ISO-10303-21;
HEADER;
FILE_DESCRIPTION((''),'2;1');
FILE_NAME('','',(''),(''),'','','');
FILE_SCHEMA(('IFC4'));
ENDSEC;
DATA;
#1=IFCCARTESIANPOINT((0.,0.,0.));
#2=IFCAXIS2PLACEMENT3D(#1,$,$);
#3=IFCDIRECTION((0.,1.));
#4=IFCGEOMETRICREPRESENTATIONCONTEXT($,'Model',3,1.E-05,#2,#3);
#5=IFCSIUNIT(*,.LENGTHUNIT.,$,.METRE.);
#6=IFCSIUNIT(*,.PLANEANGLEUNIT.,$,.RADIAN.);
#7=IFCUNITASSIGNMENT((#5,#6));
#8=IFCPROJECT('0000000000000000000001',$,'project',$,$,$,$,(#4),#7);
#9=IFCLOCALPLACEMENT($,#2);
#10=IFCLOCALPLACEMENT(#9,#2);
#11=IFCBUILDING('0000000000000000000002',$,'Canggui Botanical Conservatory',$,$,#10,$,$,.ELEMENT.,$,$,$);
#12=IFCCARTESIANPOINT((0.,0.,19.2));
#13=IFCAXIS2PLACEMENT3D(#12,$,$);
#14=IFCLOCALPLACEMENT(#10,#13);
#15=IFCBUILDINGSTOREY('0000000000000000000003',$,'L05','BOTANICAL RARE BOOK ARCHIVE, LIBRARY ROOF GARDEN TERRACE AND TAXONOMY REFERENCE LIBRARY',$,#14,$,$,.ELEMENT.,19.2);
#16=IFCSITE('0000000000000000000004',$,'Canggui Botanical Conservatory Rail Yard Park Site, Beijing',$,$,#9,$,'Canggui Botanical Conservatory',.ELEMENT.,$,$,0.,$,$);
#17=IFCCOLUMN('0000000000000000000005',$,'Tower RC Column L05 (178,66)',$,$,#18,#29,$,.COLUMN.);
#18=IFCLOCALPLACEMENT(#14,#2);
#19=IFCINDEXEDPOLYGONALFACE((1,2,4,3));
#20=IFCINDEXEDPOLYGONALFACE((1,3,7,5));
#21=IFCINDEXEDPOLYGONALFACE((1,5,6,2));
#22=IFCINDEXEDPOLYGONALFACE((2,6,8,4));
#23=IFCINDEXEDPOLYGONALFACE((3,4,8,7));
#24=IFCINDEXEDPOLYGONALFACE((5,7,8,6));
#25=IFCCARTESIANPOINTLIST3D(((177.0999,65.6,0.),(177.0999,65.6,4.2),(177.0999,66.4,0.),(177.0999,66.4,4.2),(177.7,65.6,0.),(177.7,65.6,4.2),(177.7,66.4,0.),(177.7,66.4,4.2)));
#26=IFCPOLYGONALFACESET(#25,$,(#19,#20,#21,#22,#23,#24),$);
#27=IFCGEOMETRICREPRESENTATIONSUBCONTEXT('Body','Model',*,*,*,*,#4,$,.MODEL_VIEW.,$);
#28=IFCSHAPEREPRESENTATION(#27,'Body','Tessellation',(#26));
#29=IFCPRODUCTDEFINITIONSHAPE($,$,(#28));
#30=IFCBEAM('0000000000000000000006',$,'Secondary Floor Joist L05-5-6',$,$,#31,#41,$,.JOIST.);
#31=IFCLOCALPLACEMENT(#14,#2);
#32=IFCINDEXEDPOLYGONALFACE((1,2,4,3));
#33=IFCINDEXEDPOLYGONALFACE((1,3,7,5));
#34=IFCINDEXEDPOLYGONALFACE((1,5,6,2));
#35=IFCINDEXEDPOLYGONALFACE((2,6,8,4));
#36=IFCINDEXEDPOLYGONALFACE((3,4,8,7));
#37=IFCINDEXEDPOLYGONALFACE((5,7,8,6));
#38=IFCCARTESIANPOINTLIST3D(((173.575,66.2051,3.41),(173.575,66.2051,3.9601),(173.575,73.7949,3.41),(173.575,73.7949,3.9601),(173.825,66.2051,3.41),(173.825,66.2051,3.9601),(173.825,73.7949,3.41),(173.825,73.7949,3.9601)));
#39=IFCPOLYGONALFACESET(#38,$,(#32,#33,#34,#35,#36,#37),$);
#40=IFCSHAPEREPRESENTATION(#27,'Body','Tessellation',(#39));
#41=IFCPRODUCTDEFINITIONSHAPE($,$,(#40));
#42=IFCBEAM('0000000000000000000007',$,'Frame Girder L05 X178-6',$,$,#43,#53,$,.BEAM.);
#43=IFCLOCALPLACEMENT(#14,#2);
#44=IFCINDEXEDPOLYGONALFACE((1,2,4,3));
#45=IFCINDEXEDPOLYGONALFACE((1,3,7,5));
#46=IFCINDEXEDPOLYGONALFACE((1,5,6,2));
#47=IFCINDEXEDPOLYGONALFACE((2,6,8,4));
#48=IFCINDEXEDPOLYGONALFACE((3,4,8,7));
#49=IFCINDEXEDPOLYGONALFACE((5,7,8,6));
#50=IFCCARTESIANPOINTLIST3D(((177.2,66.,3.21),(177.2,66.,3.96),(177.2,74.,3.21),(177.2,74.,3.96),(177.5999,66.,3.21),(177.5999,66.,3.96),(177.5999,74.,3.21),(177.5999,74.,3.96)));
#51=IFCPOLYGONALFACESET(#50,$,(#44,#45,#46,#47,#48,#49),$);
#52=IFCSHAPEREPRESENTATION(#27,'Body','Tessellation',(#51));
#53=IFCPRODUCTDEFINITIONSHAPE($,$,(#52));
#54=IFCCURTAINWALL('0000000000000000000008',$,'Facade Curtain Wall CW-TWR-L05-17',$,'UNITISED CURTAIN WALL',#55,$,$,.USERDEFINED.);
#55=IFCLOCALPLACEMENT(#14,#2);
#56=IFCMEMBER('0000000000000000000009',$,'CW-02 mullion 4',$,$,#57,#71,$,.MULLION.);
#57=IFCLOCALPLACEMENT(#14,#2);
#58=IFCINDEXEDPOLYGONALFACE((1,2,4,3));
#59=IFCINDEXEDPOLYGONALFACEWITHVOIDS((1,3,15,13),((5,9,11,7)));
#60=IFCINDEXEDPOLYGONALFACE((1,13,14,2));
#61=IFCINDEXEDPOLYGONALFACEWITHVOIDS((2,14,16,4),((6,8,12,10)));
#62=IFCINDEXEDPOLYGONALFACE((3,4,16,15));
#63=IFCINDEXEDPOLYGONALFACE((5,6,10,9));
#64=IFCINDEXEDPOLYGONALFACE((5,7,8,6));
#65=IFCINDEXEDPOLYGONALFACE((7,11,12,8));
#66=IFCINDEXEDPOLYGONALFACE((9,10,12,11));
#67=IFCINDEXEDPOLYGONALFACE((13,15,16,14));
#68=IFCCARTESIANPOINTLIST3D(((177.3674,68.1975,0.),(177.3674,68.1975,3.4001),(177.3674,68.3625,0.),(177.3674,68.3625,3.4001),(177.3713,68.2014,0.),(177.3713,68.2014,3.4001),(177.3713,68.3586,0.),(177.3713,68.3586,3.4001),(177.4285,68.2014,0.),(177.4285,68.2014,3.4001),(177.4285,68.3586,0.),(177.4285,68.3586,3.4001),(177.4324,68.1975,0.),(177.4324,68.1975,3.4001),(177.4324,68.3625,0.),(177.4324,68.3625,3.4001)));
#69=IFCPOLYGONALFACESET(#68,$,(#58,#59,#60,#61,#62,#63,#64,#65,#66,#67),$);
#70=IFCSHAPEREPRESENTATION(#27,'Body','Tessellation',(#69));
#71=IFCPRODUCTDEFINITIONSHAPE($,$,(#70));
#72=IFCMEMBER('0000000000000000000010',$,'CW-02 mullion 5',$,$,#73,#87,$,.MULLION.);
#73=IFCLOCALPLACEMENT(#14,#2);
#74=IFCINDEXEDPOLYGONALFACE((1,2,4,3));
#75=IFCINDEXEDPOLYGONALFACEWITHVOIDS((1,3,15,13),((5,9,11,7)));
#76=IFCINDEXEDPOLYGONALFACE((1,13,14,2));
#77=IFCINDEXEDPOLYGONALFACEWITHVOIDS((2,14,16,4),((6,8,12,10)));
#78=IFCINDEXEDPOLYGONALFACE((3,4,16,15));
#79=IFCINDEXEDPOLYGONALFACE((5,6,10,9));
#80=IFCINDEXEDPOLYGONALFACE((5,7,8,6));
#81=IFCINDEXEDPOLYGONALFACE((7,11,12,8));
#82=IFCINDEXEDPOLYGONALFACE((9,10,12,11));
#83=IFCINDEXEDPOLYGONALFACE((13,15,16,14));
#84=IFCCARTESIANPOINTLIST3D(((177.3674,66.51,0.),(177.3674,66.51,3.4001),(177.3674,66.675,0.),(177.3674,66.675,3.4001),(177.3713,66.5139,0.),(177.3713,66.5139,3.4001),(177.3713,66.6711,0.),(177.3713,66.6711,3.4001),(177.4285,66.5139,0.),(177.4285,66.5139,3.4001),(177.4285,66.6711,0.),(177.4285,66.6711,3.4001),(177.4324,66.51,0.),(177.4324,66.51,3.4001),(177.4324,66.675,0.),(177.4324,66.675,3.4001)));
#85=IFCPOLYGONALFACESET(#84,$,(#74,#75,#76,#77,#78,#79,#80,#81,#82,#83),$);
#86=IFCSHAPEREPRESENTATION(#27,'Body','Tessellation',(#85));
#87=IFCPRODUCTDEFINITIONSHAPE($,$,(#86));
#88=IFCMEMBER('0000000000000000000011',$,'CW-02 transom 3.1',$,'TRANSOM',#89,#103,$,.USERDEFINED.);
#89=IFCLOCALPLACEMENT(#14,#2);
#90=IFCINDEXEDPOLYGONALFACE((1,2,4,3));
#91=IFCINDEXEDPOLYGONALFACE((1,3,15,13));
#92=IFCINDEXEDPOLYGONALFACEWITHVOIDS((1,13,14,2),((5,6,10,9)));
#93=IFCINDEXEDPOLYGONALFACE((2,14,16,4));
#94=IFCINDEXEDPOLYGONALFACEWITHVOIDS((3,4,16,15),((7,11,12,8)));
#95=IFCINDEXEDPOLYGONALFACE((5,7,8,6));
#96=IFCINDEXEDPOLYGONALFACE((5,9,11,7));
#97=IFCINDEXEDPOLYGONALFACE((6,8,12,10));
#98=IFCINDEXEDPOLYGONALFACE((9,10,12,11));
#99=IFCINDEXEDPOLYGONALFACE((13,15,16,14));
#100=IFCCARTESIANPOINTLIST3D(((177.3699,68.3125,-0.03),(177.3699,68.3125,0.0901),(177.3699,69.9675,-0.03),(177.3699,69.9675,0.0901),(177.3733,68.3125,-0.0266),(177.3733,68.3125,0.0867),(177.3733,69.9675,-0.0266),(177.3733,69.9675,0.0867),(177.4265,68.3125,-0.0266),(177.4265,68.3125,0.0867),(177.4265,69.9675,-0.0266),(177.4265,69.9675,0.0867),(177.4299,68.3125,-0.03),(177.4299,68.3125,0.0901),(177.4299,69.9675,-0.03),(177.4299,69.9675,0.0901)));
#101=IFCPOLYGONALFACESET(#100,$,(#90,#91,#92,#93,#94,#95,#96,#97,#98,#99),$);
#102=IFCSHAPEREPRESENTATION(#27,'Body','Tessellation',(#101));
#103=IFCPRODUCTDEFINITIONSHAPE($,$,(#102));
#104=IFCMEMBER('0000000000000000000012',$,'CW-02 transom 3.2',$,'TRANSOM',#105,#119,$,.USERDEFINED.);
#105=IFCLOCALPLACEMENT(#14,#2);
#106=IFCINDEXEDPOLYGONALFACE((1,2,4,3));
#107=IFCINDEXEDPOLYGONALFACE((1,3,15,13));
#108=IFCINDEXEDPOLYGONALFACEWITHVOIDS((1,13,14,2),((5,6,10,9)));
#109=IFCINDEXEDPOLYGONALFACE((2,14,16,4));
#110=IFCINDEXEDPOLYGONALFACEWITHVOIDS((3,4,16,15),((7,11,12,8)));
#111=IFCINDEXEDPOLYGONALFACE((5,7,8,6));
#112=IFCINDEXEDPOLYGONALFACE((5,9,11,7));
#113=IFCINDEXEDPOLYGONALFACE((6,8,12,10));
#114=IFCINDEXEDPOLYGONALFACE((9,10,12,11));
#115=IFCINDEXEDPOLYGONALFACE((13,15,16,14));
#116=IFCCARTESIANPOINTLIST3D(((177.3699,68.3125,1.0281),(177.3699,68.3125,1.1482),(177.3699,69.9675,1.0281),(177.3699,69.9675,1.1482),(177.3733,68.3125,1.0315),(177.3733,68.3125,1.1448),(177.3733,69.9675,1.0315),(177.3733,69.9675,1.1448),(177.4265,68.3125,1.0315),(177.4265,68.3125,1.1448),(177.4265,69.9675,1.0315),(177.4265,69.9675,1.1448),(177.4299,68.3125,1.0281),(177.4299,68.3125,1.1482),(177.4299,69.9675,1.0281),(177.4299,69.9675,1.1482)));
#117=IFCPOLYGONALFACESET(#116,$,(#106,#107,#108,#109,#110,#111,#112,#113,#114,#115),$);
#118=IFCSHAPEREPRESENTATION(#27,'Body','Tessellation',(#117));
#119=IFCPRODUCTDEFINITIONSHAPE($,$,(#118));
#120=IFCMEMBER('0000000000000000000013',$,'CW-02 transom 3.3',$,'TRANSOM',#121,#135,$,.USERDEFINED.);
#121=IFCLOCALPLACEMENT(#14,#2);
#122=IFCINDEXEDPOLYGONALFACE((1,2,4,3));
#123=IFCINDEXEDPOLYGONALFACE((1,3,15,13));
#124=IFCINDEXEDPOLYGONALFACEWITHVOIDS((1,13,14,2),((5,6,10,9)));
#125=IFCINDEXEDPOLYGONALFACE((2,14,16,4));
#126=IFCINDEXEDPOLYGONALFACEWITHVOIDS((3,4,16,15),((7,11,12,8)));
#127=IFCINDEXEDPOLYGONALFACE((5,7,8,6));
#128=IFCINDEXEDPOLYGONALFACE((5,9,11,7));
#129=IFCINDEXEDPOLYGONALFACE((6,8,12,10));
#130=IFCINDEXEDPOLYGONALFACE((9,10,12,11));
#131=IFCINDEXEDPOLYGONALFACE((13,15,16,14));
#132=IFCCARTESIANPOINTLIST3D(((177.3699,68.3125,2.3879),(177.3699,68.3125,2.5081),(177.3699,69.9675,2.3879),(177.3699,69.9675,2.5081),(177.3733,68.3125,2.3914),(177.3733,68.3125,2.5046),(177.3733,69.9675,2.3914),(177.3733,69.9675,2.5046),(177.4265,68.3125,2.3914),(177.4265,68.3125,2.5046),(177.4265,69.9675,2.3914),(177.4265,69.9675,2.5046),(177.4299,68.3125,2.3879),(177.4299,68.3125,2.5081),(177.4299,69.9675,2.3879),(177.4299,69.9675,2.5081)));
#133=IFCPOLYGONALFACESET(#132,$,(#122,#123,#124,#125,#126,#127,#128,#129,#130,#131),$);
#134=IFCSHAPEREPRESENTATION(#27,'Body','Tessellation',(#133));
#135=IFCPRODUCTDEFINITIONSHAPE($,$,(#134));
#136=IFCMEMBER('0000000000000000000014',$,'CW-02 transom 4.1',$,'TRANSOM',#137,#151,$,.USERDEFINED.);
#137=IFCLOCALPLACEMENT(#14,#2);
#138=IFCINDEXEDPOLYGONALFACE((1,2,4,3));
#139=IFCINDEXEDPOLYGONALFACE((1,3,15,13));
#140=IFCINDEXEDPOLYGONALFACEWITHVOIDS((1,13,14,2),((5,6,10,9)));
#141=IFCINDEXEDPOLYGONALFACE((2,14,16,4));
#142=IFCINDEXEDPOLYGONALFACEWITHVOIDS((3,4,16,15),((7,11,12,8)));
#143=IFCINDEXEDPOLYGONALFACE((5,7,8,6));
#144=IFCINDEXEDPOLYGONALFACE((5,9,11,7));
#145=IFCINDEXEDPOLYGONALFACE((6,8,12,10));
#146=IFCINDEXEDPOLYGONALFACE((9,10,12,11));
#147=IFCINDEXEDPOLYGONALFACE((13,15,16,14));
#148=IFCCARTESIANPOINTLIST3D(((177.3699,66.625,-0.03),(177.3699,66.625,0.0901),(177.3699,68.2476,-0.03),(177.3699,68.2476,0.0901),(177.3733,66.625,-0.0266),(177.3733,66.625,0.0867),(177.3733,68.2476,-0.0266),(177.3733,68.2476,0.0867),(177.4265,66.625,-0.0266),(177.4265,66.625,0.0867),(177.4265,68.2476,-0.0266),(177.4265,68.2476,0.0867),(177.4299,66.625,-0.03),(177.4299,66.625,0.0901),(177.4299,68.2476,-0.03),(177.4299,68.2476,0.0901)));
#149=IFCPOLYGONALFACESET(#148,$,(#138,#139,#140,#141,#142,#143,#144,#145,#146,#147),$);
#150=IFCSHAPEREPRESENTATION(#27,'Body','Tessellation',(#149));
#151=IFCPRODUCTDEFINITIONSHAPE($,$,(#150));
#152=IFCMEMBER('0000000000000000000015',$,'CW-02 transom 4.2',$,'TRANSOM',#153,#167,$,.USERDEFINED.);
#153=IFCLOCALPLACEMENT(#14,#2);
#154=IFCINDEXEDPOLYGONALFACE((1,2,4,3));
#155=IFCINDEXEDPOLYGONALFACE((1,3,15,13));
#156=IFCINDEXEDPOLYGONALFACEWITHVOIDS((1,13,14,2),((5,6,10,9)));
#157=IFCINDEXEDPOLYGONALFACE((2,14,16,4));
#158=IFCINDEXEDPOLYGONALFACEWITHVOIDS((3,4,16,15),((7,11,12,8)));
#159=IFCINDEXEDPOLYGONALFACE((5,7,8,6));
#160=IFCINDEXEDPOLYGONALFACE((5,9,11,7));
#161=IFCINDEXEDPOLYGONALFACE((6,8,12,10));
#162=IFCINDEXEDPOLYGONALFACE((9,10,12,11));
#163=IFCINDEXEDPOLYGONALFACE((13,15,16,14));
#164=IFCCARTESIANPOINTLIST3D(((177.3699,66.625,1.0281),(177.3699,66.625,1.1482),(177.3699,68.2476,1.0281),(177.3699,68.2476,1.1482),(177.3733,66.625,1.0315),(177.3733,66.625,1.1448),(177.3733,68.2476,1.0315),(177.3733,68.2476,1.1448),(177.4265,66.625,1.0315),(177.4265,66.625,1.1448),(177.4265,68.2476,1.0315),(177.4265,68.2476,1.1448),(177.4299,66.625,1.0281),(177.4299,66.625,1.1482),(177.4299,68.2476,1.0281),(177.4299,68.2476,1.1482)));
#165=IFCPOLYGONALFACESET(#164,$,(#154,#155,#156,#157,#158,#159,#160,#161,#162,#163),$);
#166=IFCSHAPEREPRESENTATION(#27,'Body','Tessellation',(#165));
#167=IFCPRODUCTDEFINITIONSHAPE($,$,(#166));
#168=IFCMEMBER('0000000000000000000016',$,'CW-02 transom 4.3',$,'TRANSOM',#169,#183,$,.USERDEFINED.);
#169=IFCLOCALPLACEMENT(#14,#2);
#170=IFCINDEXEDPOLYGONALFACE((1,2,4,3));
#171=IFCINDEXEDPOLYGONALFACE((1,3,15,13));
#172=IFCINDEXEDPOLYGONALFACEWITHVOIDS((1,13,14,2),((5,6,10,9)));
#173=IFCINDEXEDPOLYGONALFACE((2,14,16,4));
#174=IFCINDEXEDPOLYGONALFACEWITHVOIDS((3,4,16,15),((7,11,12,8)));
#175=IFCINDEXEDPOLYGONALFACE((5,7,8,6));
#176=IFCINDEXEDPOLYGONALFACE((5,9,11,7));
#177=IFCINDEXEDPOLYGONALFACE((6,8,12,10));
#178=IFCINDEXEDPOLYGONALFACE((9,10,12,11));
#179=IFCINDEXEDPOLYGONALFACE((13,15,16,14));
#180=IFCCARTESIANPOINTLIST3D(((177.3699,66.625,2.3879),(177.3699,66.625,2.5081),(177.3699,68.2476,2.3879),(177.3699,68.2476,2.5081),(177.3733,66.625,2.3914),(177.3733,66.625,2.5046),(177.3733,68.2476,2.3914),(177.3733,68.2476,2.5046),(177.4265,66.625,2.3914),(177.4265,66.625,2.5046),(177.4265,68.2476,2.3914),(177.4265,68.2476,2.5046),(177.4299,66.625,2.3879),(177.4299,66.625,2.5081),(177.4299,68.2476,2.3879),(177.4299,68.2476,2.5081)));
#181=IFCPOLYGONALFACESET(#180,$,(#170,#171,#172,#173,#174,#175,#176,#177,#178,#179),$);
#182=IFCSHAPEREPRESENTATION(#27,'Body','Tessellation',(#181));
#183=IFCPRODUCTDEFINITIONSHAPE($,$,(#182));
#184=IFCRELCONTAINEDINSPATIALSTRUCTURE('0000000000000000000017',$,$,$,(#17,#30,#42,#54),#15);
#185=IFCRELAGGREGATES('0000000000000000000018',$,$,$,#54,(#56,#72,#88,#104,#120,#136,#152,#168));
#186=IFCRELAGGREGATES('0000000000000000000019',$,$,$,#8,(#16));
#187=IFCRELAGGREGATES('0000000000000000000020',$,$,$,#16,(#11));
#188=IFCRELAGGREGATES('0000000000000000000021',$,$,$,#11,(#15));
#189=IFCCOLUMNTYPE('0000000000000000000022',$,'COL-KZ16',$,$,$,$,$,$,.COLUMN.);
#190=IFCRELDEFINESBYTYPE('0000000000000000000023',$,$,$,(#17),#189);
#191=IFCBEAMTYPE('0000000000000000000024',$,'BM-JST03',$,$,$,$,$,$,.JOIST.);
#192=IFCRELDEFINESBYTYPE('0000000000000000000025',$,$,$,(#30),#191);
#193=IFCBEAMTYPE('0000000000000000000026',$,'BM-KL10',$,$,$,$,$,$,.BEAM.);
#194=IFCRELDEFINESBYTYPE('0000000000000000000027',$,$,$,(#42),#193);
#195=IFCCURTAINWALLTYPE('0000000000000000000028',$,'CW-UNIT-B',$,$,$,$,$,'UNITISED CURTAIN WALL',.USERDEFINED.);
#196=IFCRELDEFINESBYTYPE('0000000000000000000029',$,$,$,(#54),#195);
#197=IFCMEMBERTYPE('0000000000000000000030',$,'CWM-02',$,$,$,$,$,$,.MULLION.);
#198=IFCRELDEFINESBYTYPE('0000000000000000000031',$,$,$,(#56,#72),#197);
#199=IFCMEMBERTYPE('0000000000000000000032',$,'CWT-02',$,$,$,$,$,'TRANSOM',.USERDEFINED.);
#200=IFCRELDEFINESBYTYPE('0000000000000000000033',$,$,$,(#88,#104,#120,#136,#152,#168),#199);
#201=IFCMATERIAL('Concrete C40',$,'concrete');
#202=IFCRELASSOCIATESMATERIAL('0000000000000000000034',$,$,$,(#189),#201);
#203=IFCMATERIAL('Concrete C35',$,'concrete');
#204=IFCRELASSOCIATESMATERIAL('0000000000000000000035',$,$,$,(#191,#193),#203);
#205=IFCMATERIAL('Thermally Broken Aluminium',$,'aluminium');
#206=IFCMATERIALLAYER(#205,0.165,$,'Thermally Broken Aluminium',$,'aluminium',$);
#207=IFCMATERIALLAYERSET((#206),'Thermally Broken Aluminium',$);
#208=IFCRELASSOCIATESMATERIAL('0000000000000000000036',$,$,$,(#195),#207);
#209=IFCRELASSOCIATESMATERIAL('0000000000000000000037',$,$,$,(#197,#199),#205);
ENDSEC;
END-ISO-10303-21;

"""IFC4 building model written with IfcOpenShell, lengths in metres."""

from ifc_helpers import new_model, si_unit, direction, frame, origin, origin_2d, place, context, subcontext, project, spatial, rectangle, hollow_rectangle, extrude, material, layer, layer_set, material_profile, profile_set, type_object, element, aggregate, save


model = new_model("IFC4")

# Units and contexts
model_context = context("Model", 3, precision=1e-05, world=origin(), true_north=direction((0.0, 1.0)))
body_context = subcontext(model_context, "Body", "Model", "MODEL_VIEW")
ifc_project = project(units=[si_unit("LENGTHUNIT", "METRE"), si_unit("PLANEANGLEUNIT", "RADIAN")], contexts=[model_context])

# Site, building, storey
site_placement = place(None, origin())
site = spatial("IfcSite", under=ifc_project, at=site_placement, Name="Canggui Botanical Conservatory Rail Yard Park Site, Beijing", LongName="Canggui Botanical Conservatory", CompositionType="ELEMENT", RefElevation=0.0)
building_placement = place(site_placement, origin())
building = spatial("IfcBuilding", under=site, at=building_placement, Name="Canggui Botanical Conservatory", CompositionType="ELEMENT")
storey_placement = place(building_placement, frame((0.0, 0.0, 19.2)))
storey = spatial("IfcBuildingStorey", under=building, at=storey_placement, Name="L05", Description="BOTANICAL RARE BOOK ARCHIVE, LIBRARY ROOF GARDEN TERRACE AND TAXONOMY REFERENCE LIBRARY", CompositionType="ELEMENT", Elevation=19.2)

# Column
ifc_material_1 = material(Name="Concrete C40", Category="concrete")
ifc_material_profile_1 = material_profile(ifc_material_1, rectangle(XDim=0.6001, YDim=0.8, at=origin_2d()), Name="RC 600x800")
ifc_profile_set_1 = profile_set([ifc_material_profile_1], Name="Concrete C40")
column_type = type_object("IfcColumnType", Name="COL-KZ16", PredefinedType="COLUMN", material=ifc_profile_set_1)
column_placement = place(storey_placement, frame((177.3999, 66.0, 0.0), z_axis=(0.0, 0.0, 1.0), x_axis=(1.0, 0.0, 0.0)))
element("IfcColumn", 1, at=column_placement, inside=storey, type_object=column_type, Name="Tower RC Column L05 (178,66)", PredefinedType="COLUMN", context=body_context, shape_type="SweptSolid", body=[
    extrude(rectangle(XDim=0.6001, YDim=0.8, at=origin_2d()), origin(), (0.0, 0.0, 1.0), 4.2),
])

# Beams
ifc_material_2 = material(Name="Concrete C35", Category="concrete")
ifc_material_profile_2 = material_profile(ifc_material_2, rectangle(XDim=0.25, YDim=0.55, at=origin_2d()), Name="RB 250x550")
ifc_profile_set_2 = profile_set([ifc_material_profile_2], Name="Concrete C35")
beam_type_1 = type_object("IfcBeamType", Name="BM-JST03", PredefinedType="JOIST", material=ifc_profile_set_2)
beam_1_placement = place(storey_placement, frame((173.7, 66.2051, 3.6851), z_axis=(0.0, 1.0, 0.0), x_axis=(-1.0, 0.0, 0.0)))
element("IfcBeam", 2, at=beam_1_placement, inside=storey, type_object=beam_type_1, Name="Secondary Floor Joist L05-5-6", PredefinedType="JOIST", context=body_context, shape_type="SweptSolid", body=[
    extrude(rectangle(XDim=0.25, YDim=0.55, at=origin_2d()), origin(), (0.0, 0.0, 1.0), 7.5898),
])
ifc_material_profile_3 = material_profile(ifc_material_2, rectangle(XDim=0.3999, YDim=0.75, at=origin_2d()), Name="RB 400x750")
ifc_profile_set_3 = profile_set([ifc_material_profile_3], Name="Concrete C35")
beam_type_2 = type_object("IfcBeamType", Name="BM-KL10", PredefinedType="BEAM", material=ifc_profile_set_3)
beam_2_placement = place(storey_placement, frame((177.3999, 66.0, 3.585), z_axis=(0.0, 1.0, 0.0), x_axis=(-1.0, 0.0, 0.0)))
element("IfcBeam", 3, at=beam_2_placement, inside=storey, type_object=beam_type_2, Name="Frame Girder L05 X178-6", PredefinedType="BEAM", context=body_context, shape_type="SweptSolid", body=[
    extrude(rectangle(XDim=0.3999, YDim=0.75, at=origin_2d()), origin(), (0.0, 0.0, 1.0), 8.0),
])

# Curtain wall, members
ifc_material_3 = material(Name="Thermally Broken Aluminium", Category="aluminium")
ifc_layer_1 = layer(ifc_material_3, 0.165, Name="Thermally Broken Aluminium", Category="aluminium")
ifc_layer_set_1 = layer_set([ifc_layer_1], Name="Thermally Broken Aluminium")
curtain_wall_type = type_object("IfcCurtainWallType", Name="CW-UNIT-B", ElementType="UNITISED CURTAIN WALL", PredefinedType="USERDEFINED", material=ifc_layer_set_1)
curtain_wall_placement = place(storey_placement, origin())
curtain_wall = element("IfcCurtainWall", 4, at=curtain_wall_placement, inside=storey, type_object=curtain_wall_type, Name="Facade Curtain Wall CW-TWR-L05-17", ObjectType="UNITISED CURTAIN WALL", PredefinedType="USERDEFINED")
ifc_material_profile_4 = material_profile(ifc_material_3, hollow_rectangle(XDim=0.0649, YDim=0.165, WallThickness=0.0039, at=origin_2d()), Name="CWM 65x165x4")
ifc_profile_set_4 = profile_set([ifc_material_profile_4], Name="Thermally Broken Aluminium")
member_type_1 = type_object("IfcMemberType", Name="CWM-02", PredefinedType="MULLION", material=ifc_profile_set_4)
member_1_placement = place(storey_placement, frame((177.3999, 68.28, 0.0), z_axis=(0.0, 0.0, 1.0), x_axis=(1.0, 0.0, 0.0)))
member_1 = element("IfcMember", 5, at=member_1_placement, type_object=member_type_1, Name="CW-02 mullion 4", PredefinedType="MULLION", context=body_context, shape_type="SweptSolid", body=[
    extrude(hollow_rectangle(XDim=0.0649, YDim=0.165, WallThickness=0.0039, at=origin_2d()), origin(), (0.0, 0.0, 1.0), 3.4001),
])
member_2_placement = place(storey_placement, frame((177.3999, 66.5925, 0.0), z_axis=(0.0, 0.0, 1.0), x_axis=(1.0, 0.0, 0.0)))
member_2 = element("IfcMember", 6, at=member_2_placement, type_object=member_type_1, Name="CW-02 mullion 5", PredefinedType="MULLION", context=body_context, shape_type="SweptSolid", body=[
    extrude(hollow_rectangle(XDim=0.0649, YDim=0.165, WallThickness=0.0039, at=origin_2d()), origin(), (0.0, 0.0, 1.0), 3.4001),
])
ifc_material_profile_5 = material_profile(ifc_material_3, hollow_rectangle(XDim=0.0601, YDim=0.1201, WallThickness=0.0034, at=origin_2d()), Name="CWT 60x120x3.5")
ifc_profile_set_5 = profile_set([ifc_material_profile_5], Name="Thermally Broken Aluminium")
member_type_2 = type_object("IfcMemberType", Name="CWT-02", ElementType="TRANSOM", PredefinedType="USERDEFINED", material=ifc_profile_set_5)
member_3_placement = place(storey_placement, frame((177.3999, 69.9675, 0.03), z_axis=(0.0, -1.0, 0.0), x_axis=(1.0, 0.0, 0.0)))
member_3 = element("IfcMember", 7, at=member_3_placement, type_object=member_type_2, Name="CW-02 transom 3.1", ObjectType="TRANSOM", PredefinedType="USERDEFINED", context=body_context, shape_type="SweptSolid", body=[
    extrude(hollow_rectangle(XDim=0.0601, YDim=0.1201, WallThickness=0.0034, at=origin_2d()), origin(), (0.0, 0.0, 1.0), 1.655),
])
member_4_placement = place(storey_placement, frame((177.3999, 69.9675, 1.0881), z_axis=(0.0, -1.0, 0.0), x_axis=(1.0, 0.0, 0.0)))
member_4 = element("IfcMember", 8, at=member_4_placement, type_object=member_type_2, Name="CW-02 transom 3.2", ObjectType="TRANSOM", PredefinedType="USERDEFINED", context=body_context, shape_type="SweptSolid", body=[
    extrude(hollow_rectangle(XDim=0.0601, YDim=0.1201, WallThickness=0.0034, at=origin_2d()), origin(), (0.0, 0.0, 1.0), 1.655),
])
member_5_placement = place(storey_placement, frame((177.3999, 69.9675, 2.448), z_axis=(0.0, -1.0, 0.0), x_axis=(1.0, 0.0, 0.0)))
member_5 = element("IfcMember", 9, at=member_5_placement, type_object=member_type_2, Name="CW-02 transom 3.3", ObjectType="TRANSOM", PredefinedType="USERDEFINED", context=body_context, shape_type="SweptSolid", body=[
    extrude(hollow_rectangle(XDim=0.0601, YDim=0.1201, WallThickness=0.0034, at=origin_2d()), origin(), (0.0, 0.0, 1.0), 1.655),
])
member_6_placement = place(storey_placement, frame((177.3999, 68.2476, 0.03), z_axis=(0.0, -1.0, 0.0), x_axis=(1.0, 0.0, 0.0)))
member_6 = element("IfcMember", 10, at=member_6_placement, type_object=member_type_2, Name="CW-02 transom 4.1", ObjectType="TRANSOM", PredefinedType="USERDEFINED", context=body_context, shape_type="SweptSolid", body=[
    extrude(hollow_rectangle(XDim=0.0601, YDim=0.1201, WallThickness=0.0034, at=origin_2d()), origin(), (0.0, 0.0, 1.0), 1.6226),
])
member_7_placement = place(storey_placement, frame((177.3999, 68.2476, 1.0881), z_axis=(0.0, -1.0, 0.0), x_axis=(1.0, 0.0, 0.0)))
member_7 = element("IfcMember", 11, at=member_7_placement, type_object=member_type_2, Name="CW-02 transom 4.2", ObjectType="TRANSOM", PredefinedType="USERDEFINED", context=body_context, shape_type="SweptSolid", body=[
    extrude(hollow_rectangle(XDim=0.0601, YDim=0.1201, WallThickness=0.0034, at=origin_2d()), origin(), (0.0, 0.0, 1.0), 1.6226),
])
member_8_placement = place(storey_placement, frame((177.3999, 68.2476, 2.448), z_axis=(0.0, -1.0, 0.0), x_axis=(1.0, 0.0, 0.0)))
member_8 = element("IfcMember", 12, at=member_8_placement, type_object=member_type_2, Name="CW-02 transom 4.3", ObjectType="TRANSOM", PredefinedType="USERDEFINED", context=body_context, shape_type="SweptSolid", body=[
    extrude(hollow_rectangle(XDim=0.0601, YDim=0.1201, WallThickness=0.0034, at=origin_2d()), origin(), (0.0, 0.0, 1.0), 1.6226),
])
aggregate(curtain_wall, [member_1, member_2, member_3, member_4, member_5, member_6, member_7, member_8])

save(model, "model.ifc")
